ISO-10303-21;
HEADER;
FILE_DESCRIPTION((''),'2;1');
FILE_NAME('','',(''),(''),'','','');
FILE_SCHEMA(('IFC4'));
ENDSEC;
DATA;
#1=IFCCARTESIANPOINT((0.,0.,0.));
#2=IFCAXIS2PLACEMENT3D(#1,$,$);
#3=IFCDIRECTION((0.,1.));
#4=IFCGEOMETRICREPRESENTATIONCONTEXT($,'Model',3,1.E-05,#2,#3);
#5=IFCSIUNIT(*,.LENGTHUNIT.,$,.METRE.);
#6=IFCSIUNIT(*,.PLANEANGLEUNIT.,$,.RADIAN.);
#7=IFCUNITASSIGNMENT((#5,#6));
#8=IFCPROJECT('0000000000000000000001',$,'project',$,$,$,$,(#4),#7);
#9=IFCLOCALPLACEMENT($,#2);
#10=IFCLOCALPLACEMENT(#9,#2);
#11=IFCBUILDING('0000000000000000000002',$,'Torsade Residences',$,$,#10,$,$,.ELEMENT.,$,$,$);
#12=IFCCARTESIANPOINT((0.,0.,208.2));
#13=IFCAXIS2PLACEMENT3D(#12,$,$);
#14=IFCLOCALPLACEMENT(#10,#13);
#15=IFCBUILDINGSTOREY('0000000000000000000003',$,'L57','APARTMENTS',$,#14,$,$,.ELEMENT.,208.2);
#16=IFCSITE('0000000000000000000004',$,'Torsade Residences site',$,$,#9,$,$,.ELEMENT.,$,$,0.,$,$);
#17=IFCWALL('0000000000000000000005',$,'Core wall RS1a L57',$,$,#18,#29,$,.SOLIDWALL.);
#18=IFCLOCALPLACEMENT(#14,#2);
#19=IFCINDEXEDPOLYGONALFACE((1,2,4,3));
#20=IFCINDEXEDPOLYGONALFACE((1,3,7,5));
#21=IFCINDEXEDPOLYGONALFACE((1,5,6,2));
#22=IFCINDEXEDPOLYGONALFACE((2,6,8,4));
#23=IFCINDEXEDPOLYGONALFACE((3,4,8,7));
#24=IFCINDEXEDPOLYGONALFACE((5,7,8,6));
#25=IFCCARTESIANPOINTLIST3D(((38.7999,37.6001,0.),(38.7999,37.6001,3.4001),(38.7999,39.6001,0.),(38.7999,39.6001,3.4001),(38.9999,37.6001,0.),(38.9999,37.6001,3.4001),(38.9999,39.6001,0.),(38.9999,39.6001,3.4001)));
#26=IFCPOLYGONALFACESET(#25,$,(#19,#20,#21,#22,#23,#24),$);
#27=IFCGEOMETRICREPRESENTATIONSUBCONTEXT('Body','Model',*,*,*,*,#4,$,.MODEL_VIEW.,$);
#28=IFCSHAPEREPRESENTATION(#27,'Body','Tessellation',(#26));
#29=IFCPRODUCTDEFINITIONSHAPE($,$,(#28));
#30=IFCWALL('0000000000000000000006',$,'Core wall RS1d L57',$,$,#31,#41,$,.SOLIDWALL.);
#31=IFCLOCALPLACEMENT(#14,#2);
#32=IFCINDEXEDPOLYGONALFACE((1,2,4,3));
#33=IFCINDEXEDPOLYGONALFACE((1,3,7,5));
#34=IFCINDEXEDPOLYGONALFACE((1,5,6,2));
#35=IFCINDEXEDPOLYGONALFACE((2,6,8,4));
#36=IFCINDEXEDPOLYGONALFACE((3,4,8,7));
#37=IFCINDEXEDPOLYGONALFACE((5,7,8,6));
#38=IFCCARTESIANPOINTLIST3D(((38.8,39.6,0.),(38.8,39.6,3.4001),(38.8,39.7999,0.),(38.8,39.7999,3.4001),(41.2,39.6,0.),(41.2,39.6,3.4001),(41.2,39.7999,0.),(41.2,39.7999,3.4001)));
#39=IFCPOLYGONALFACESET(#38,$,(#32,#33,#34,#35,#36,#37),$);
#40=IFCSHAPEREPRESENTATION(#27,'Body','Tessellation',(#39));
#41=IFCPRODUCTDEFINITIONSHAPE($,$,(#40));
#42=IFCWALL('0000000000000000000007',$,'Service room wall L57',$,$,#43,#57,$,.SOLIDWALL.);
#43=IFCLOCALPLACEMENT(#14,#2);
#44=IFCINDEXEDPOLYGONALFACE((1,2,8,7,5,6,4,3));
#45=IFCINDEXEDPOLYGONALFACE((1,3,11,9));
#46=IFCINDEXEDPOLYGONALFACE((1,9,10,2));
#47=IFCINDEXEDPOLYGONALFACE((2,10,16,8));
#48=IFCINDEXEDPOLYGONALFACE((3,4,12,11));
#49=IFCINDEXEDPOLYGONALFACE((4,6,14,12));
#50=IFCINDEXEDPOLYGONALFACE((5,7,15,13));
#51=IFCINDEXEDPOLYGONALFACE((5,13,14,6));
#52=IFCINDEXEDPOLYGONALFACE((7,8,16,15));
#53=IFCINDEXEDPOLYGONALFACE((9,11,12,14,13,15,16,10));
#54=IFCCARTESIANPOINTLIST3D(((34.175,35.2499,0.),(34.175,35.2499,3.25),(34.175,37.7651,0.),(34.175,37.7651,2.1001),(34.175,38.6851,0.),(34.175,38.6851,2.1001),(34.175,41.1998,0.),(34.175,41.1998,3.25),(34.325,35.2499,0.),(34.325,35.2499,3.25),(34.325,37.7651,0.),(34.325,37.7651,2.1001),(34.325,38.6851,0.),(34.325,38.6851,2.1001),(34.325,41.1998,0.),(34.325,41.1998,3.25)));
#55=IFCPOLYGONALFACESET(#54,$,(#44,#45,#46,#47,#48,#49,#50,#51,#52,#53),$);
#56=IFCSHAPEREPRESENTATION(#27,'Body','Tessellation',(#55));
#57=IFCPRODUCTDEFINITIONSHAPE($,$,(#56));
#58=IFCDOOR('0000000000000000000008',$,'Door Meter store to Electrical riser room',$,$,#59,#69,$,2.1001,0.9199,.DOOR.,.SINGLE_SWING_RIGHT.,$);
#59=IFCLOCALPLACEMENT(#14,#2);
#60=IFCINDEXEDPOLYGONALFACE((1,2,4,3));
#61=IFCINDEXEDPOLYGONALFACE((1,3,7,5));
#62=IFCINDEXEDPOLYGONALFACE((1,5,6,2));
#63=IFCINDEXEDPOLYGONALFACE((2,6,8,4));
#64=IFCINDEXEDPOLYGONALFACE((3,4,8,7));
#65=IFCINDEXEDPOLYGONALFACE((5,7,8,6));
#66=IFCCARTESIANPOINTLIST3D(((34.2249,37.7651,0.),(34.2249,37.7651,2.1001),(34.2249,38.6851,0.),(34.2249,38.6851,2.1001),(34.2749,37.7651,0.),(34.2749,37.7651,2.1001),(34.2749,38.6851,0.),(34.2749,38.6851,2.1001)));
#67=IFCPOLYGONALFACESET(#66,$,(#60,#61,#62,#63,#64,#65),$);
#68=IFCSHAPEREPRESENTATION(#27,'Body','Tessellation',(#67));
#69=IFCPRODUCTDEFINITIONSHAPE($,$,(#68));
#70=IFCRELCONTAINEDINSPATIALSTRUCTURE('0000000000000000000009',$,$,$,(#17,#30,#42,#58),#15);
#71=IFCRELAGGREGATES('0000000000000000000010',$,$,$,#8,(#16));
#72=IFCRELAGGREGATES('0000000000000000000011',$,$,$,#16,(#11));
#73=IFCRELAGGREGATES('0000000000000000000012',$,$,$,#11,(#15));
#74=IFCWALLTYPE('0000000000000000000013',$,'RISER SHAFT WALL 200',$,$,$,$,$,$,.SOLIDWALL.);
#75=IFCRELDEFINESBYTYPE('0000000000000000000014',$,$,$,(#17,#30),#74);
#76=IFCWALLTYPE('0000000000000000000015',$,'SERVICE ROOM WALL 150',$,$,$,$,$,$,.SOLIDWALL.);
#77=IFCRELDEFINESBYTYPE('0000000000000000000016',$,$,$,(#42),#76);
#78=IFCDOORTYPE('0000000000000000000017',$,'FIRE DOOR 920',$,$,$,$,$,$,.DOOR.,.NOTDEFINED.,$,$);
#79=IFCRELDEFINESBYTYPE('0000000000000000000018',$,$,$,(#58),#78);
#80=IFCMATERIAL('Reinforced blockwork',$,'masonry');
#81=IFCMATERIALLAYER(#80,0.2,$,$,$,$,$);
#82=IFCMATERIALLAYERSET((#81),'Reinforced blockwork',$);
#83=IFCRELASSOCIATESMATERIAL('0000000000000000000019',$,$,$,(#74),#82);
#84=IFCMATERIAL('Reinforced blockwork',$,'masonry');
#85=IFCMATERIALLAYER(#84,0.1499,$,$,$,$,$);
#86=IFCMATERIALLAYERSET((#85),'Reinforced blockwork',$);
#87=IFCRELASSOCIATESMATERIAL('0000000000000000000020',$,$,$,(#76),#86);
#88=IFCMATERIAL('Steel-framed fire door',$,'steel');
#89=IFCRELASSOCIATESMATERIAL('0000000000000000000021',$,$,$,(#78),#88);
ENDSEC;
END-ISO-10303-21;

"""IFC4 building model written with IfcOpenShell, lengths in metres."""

from ifc_helpers import new_model, si_unit, direction, frame, frame_2d, origin, place, context, subcontext, project, spatial, rectangle, extrude, material, layer, layer_set, type_object, element, fill, save


model = new_model("IFC4")

# Units and contexts
model_context = context("Model", 3, precision=1e-05, world=origin(), true_north=direction((0.0, 1.0)))
body_context = subcontext(model_context, "Body", "Model", "MODEL_VIEW")
ifc_project = project(units=[si_unit("LENGTHUNIT", "METRE"), si_unit("PLANEANGLEUNIT", "RADIAN")], contexts=[model_context])

# Site, building, storey
site_placement = place(None, origin())
site = spatial("IfcSite", under=ifc_project, at=site_placement, Name="Torsade Residences site", CompositionType="ELEMENT", RefElevation=0.0)
building_placement = place(site_placement, origin())
building = spatial("IfcBuilding", under=site, at=building_placement, Name="Torsade Residences", CompositionType="ELEMENT")
storey_placement = place(building_placement, frame((0.0, 0.0, 208.2)))
storey = spatial("IfcBuildingStorey", under=building, at=storey_placement, Name="L57", Description="APARTMENTS", CompositionType="ELEMENT", Elevation=208.2)

# Walls
ifc_material_1 = material(Name="Reinforced blockwork", Category="masonry")
ifc_layer_1 = layer(ifc_material_1, 0.2)
ifc_layer_set_1 = layer_set([ifc_layer_1], Name="Reinforced blockwork")
wall_type_1 = type_object("IfcWallType", Name="RISER SHAFT WALL 200", PredefinedType="SOLIDWALL", material=ifc_layer_set_1)
wall_1_placement = place(storey_placement, frame((38.8999, 37.6001, 0.0), z_axis=(0.0, 0.0, 1.0), x_axis=(0.0, 1.0, 0.0)))
element("IfcWall", 1, at=wall_1_placement, inside=storey, type_object=wall_type_1, Name="Core wall RS1a L57", PredefinedType="SOLIDWALL", context=body_context, shape_type="SweptSolid", body=[
    extrude(rectangle(XDim=2.0, YDim=0.2, at=frame_2d((1.0, 0.0))), origin(), (0.0, 0.0, 1.0), 3.4001),
])
wall_2_placement = place(storey_placement, frame((38.8, 39.7, 0.0), z_axis=(0.0, 0.0, 1.0), x_axis=(1.0, 0.0, 0.0)))
element("IfcWall", 2, at=wall_2_placement, inside=storey, type_object=wall_type_1, Name="Core wall RS1d L57", PredefinedType="SOLIDWALL", context=body_context, shape_type="SweptSolid", body=[
    extrude(rectangle(XDim=2.3999, YDim=0.2, at=frame_2d((1.2, 0.0))), origin(), (0.0, 0.0, 1.0), 3.4001),
])

# Wall, opening, door
ifc_material_2 = material(Name="Reinforced blockwork", Category="masonry")
ifc_layer_2 = layer(ifc_material_2, 0.1499)
ifc_layer_set_2 = layer_set([ifc_layer_2], Name="Reinforced blockwork")
wall_type_2 = type_object("IfcWallType", Name="SERVICE ROOM WALL 150", PredefinedType="SOLIDWALL", material=ifc_layer_set_2)
wall_3_placement = place(storey_placement, frame((34.25, 41.2, 0.0), z_axis=(0.0, 0.0, 1.0), x_axis=(0.0, -1.0, 0.0)))
wall_3 = element("IfcWall", 3, at=wall_3_placement, inside=storey, type_object=wall_type_2, Name="Service room wall L57", PredefinedType="SOLIDWALL", context=body_context, shape_type="SweptSolid", body=[
    extrude(rectangle(XDim=5.95, YDim=0.1499, at=frame_2d((2.9751, 0.0))), origin(), (0.0, 0.0, 1.0), 3.25),
])
opening_1_placement = place(wall_3_placement, frame((2.5149, 0.0, 0.0)))
opening_1 = element("IfcOpeningElement", 4, at=opening_1_placement, cuts=wall_3, PredefinedType="OPENING", context=body_context, shape_type="SweptSolid", body=[
    extrude(rectangle(XDim=0.9199, YDim=2.1001, at=frame_2d((0.46, 1.05))), frame((0.0, 0.085, 0.0), z_axis=(0.0, -1.0, 0.0), x_axis=(1.0, 0.0, 0.0)), (0.0, 0.0, 1.0), 0.1699),
])
ifc_material_3 = material(Name="Steel-framed fire door", Category="steel")
door_type_1 = type_object("IfcDoorType", Name="FIRE DOOR 920", OperationType="NOTDEFINED", PredefinedType="DOOR", material=ifc_material_3)
door_1_placement = place(opening_1_placement, origin())
door_1 = element("IfcDoor", 5, at=door_1_placement, inside=storey, type_object=door_type_1, Name="Door Meter store to Electrical riser room", OperationType="SINGLE_SWING_RIGHT", OverallHeight=2.1001, OverallWidth=0.9199, PredefinedType="DOOR", context=body_context, shape_type="SweptSolid", body=[
    extrude(rectangle(XDim=0.9199, YDim=2.1001, at=frame_2d((0.46, 1.05))), frame((0.0, 0.0249, 0.0), z_axis=(0.0, -1.0, 0.0), x_axis=(1.0, 0.0, 0.0)), (0.0, 0.0, 1.0), 0.05),
])
fill(opening_1, door_1)

save(model, "model.ifc")
